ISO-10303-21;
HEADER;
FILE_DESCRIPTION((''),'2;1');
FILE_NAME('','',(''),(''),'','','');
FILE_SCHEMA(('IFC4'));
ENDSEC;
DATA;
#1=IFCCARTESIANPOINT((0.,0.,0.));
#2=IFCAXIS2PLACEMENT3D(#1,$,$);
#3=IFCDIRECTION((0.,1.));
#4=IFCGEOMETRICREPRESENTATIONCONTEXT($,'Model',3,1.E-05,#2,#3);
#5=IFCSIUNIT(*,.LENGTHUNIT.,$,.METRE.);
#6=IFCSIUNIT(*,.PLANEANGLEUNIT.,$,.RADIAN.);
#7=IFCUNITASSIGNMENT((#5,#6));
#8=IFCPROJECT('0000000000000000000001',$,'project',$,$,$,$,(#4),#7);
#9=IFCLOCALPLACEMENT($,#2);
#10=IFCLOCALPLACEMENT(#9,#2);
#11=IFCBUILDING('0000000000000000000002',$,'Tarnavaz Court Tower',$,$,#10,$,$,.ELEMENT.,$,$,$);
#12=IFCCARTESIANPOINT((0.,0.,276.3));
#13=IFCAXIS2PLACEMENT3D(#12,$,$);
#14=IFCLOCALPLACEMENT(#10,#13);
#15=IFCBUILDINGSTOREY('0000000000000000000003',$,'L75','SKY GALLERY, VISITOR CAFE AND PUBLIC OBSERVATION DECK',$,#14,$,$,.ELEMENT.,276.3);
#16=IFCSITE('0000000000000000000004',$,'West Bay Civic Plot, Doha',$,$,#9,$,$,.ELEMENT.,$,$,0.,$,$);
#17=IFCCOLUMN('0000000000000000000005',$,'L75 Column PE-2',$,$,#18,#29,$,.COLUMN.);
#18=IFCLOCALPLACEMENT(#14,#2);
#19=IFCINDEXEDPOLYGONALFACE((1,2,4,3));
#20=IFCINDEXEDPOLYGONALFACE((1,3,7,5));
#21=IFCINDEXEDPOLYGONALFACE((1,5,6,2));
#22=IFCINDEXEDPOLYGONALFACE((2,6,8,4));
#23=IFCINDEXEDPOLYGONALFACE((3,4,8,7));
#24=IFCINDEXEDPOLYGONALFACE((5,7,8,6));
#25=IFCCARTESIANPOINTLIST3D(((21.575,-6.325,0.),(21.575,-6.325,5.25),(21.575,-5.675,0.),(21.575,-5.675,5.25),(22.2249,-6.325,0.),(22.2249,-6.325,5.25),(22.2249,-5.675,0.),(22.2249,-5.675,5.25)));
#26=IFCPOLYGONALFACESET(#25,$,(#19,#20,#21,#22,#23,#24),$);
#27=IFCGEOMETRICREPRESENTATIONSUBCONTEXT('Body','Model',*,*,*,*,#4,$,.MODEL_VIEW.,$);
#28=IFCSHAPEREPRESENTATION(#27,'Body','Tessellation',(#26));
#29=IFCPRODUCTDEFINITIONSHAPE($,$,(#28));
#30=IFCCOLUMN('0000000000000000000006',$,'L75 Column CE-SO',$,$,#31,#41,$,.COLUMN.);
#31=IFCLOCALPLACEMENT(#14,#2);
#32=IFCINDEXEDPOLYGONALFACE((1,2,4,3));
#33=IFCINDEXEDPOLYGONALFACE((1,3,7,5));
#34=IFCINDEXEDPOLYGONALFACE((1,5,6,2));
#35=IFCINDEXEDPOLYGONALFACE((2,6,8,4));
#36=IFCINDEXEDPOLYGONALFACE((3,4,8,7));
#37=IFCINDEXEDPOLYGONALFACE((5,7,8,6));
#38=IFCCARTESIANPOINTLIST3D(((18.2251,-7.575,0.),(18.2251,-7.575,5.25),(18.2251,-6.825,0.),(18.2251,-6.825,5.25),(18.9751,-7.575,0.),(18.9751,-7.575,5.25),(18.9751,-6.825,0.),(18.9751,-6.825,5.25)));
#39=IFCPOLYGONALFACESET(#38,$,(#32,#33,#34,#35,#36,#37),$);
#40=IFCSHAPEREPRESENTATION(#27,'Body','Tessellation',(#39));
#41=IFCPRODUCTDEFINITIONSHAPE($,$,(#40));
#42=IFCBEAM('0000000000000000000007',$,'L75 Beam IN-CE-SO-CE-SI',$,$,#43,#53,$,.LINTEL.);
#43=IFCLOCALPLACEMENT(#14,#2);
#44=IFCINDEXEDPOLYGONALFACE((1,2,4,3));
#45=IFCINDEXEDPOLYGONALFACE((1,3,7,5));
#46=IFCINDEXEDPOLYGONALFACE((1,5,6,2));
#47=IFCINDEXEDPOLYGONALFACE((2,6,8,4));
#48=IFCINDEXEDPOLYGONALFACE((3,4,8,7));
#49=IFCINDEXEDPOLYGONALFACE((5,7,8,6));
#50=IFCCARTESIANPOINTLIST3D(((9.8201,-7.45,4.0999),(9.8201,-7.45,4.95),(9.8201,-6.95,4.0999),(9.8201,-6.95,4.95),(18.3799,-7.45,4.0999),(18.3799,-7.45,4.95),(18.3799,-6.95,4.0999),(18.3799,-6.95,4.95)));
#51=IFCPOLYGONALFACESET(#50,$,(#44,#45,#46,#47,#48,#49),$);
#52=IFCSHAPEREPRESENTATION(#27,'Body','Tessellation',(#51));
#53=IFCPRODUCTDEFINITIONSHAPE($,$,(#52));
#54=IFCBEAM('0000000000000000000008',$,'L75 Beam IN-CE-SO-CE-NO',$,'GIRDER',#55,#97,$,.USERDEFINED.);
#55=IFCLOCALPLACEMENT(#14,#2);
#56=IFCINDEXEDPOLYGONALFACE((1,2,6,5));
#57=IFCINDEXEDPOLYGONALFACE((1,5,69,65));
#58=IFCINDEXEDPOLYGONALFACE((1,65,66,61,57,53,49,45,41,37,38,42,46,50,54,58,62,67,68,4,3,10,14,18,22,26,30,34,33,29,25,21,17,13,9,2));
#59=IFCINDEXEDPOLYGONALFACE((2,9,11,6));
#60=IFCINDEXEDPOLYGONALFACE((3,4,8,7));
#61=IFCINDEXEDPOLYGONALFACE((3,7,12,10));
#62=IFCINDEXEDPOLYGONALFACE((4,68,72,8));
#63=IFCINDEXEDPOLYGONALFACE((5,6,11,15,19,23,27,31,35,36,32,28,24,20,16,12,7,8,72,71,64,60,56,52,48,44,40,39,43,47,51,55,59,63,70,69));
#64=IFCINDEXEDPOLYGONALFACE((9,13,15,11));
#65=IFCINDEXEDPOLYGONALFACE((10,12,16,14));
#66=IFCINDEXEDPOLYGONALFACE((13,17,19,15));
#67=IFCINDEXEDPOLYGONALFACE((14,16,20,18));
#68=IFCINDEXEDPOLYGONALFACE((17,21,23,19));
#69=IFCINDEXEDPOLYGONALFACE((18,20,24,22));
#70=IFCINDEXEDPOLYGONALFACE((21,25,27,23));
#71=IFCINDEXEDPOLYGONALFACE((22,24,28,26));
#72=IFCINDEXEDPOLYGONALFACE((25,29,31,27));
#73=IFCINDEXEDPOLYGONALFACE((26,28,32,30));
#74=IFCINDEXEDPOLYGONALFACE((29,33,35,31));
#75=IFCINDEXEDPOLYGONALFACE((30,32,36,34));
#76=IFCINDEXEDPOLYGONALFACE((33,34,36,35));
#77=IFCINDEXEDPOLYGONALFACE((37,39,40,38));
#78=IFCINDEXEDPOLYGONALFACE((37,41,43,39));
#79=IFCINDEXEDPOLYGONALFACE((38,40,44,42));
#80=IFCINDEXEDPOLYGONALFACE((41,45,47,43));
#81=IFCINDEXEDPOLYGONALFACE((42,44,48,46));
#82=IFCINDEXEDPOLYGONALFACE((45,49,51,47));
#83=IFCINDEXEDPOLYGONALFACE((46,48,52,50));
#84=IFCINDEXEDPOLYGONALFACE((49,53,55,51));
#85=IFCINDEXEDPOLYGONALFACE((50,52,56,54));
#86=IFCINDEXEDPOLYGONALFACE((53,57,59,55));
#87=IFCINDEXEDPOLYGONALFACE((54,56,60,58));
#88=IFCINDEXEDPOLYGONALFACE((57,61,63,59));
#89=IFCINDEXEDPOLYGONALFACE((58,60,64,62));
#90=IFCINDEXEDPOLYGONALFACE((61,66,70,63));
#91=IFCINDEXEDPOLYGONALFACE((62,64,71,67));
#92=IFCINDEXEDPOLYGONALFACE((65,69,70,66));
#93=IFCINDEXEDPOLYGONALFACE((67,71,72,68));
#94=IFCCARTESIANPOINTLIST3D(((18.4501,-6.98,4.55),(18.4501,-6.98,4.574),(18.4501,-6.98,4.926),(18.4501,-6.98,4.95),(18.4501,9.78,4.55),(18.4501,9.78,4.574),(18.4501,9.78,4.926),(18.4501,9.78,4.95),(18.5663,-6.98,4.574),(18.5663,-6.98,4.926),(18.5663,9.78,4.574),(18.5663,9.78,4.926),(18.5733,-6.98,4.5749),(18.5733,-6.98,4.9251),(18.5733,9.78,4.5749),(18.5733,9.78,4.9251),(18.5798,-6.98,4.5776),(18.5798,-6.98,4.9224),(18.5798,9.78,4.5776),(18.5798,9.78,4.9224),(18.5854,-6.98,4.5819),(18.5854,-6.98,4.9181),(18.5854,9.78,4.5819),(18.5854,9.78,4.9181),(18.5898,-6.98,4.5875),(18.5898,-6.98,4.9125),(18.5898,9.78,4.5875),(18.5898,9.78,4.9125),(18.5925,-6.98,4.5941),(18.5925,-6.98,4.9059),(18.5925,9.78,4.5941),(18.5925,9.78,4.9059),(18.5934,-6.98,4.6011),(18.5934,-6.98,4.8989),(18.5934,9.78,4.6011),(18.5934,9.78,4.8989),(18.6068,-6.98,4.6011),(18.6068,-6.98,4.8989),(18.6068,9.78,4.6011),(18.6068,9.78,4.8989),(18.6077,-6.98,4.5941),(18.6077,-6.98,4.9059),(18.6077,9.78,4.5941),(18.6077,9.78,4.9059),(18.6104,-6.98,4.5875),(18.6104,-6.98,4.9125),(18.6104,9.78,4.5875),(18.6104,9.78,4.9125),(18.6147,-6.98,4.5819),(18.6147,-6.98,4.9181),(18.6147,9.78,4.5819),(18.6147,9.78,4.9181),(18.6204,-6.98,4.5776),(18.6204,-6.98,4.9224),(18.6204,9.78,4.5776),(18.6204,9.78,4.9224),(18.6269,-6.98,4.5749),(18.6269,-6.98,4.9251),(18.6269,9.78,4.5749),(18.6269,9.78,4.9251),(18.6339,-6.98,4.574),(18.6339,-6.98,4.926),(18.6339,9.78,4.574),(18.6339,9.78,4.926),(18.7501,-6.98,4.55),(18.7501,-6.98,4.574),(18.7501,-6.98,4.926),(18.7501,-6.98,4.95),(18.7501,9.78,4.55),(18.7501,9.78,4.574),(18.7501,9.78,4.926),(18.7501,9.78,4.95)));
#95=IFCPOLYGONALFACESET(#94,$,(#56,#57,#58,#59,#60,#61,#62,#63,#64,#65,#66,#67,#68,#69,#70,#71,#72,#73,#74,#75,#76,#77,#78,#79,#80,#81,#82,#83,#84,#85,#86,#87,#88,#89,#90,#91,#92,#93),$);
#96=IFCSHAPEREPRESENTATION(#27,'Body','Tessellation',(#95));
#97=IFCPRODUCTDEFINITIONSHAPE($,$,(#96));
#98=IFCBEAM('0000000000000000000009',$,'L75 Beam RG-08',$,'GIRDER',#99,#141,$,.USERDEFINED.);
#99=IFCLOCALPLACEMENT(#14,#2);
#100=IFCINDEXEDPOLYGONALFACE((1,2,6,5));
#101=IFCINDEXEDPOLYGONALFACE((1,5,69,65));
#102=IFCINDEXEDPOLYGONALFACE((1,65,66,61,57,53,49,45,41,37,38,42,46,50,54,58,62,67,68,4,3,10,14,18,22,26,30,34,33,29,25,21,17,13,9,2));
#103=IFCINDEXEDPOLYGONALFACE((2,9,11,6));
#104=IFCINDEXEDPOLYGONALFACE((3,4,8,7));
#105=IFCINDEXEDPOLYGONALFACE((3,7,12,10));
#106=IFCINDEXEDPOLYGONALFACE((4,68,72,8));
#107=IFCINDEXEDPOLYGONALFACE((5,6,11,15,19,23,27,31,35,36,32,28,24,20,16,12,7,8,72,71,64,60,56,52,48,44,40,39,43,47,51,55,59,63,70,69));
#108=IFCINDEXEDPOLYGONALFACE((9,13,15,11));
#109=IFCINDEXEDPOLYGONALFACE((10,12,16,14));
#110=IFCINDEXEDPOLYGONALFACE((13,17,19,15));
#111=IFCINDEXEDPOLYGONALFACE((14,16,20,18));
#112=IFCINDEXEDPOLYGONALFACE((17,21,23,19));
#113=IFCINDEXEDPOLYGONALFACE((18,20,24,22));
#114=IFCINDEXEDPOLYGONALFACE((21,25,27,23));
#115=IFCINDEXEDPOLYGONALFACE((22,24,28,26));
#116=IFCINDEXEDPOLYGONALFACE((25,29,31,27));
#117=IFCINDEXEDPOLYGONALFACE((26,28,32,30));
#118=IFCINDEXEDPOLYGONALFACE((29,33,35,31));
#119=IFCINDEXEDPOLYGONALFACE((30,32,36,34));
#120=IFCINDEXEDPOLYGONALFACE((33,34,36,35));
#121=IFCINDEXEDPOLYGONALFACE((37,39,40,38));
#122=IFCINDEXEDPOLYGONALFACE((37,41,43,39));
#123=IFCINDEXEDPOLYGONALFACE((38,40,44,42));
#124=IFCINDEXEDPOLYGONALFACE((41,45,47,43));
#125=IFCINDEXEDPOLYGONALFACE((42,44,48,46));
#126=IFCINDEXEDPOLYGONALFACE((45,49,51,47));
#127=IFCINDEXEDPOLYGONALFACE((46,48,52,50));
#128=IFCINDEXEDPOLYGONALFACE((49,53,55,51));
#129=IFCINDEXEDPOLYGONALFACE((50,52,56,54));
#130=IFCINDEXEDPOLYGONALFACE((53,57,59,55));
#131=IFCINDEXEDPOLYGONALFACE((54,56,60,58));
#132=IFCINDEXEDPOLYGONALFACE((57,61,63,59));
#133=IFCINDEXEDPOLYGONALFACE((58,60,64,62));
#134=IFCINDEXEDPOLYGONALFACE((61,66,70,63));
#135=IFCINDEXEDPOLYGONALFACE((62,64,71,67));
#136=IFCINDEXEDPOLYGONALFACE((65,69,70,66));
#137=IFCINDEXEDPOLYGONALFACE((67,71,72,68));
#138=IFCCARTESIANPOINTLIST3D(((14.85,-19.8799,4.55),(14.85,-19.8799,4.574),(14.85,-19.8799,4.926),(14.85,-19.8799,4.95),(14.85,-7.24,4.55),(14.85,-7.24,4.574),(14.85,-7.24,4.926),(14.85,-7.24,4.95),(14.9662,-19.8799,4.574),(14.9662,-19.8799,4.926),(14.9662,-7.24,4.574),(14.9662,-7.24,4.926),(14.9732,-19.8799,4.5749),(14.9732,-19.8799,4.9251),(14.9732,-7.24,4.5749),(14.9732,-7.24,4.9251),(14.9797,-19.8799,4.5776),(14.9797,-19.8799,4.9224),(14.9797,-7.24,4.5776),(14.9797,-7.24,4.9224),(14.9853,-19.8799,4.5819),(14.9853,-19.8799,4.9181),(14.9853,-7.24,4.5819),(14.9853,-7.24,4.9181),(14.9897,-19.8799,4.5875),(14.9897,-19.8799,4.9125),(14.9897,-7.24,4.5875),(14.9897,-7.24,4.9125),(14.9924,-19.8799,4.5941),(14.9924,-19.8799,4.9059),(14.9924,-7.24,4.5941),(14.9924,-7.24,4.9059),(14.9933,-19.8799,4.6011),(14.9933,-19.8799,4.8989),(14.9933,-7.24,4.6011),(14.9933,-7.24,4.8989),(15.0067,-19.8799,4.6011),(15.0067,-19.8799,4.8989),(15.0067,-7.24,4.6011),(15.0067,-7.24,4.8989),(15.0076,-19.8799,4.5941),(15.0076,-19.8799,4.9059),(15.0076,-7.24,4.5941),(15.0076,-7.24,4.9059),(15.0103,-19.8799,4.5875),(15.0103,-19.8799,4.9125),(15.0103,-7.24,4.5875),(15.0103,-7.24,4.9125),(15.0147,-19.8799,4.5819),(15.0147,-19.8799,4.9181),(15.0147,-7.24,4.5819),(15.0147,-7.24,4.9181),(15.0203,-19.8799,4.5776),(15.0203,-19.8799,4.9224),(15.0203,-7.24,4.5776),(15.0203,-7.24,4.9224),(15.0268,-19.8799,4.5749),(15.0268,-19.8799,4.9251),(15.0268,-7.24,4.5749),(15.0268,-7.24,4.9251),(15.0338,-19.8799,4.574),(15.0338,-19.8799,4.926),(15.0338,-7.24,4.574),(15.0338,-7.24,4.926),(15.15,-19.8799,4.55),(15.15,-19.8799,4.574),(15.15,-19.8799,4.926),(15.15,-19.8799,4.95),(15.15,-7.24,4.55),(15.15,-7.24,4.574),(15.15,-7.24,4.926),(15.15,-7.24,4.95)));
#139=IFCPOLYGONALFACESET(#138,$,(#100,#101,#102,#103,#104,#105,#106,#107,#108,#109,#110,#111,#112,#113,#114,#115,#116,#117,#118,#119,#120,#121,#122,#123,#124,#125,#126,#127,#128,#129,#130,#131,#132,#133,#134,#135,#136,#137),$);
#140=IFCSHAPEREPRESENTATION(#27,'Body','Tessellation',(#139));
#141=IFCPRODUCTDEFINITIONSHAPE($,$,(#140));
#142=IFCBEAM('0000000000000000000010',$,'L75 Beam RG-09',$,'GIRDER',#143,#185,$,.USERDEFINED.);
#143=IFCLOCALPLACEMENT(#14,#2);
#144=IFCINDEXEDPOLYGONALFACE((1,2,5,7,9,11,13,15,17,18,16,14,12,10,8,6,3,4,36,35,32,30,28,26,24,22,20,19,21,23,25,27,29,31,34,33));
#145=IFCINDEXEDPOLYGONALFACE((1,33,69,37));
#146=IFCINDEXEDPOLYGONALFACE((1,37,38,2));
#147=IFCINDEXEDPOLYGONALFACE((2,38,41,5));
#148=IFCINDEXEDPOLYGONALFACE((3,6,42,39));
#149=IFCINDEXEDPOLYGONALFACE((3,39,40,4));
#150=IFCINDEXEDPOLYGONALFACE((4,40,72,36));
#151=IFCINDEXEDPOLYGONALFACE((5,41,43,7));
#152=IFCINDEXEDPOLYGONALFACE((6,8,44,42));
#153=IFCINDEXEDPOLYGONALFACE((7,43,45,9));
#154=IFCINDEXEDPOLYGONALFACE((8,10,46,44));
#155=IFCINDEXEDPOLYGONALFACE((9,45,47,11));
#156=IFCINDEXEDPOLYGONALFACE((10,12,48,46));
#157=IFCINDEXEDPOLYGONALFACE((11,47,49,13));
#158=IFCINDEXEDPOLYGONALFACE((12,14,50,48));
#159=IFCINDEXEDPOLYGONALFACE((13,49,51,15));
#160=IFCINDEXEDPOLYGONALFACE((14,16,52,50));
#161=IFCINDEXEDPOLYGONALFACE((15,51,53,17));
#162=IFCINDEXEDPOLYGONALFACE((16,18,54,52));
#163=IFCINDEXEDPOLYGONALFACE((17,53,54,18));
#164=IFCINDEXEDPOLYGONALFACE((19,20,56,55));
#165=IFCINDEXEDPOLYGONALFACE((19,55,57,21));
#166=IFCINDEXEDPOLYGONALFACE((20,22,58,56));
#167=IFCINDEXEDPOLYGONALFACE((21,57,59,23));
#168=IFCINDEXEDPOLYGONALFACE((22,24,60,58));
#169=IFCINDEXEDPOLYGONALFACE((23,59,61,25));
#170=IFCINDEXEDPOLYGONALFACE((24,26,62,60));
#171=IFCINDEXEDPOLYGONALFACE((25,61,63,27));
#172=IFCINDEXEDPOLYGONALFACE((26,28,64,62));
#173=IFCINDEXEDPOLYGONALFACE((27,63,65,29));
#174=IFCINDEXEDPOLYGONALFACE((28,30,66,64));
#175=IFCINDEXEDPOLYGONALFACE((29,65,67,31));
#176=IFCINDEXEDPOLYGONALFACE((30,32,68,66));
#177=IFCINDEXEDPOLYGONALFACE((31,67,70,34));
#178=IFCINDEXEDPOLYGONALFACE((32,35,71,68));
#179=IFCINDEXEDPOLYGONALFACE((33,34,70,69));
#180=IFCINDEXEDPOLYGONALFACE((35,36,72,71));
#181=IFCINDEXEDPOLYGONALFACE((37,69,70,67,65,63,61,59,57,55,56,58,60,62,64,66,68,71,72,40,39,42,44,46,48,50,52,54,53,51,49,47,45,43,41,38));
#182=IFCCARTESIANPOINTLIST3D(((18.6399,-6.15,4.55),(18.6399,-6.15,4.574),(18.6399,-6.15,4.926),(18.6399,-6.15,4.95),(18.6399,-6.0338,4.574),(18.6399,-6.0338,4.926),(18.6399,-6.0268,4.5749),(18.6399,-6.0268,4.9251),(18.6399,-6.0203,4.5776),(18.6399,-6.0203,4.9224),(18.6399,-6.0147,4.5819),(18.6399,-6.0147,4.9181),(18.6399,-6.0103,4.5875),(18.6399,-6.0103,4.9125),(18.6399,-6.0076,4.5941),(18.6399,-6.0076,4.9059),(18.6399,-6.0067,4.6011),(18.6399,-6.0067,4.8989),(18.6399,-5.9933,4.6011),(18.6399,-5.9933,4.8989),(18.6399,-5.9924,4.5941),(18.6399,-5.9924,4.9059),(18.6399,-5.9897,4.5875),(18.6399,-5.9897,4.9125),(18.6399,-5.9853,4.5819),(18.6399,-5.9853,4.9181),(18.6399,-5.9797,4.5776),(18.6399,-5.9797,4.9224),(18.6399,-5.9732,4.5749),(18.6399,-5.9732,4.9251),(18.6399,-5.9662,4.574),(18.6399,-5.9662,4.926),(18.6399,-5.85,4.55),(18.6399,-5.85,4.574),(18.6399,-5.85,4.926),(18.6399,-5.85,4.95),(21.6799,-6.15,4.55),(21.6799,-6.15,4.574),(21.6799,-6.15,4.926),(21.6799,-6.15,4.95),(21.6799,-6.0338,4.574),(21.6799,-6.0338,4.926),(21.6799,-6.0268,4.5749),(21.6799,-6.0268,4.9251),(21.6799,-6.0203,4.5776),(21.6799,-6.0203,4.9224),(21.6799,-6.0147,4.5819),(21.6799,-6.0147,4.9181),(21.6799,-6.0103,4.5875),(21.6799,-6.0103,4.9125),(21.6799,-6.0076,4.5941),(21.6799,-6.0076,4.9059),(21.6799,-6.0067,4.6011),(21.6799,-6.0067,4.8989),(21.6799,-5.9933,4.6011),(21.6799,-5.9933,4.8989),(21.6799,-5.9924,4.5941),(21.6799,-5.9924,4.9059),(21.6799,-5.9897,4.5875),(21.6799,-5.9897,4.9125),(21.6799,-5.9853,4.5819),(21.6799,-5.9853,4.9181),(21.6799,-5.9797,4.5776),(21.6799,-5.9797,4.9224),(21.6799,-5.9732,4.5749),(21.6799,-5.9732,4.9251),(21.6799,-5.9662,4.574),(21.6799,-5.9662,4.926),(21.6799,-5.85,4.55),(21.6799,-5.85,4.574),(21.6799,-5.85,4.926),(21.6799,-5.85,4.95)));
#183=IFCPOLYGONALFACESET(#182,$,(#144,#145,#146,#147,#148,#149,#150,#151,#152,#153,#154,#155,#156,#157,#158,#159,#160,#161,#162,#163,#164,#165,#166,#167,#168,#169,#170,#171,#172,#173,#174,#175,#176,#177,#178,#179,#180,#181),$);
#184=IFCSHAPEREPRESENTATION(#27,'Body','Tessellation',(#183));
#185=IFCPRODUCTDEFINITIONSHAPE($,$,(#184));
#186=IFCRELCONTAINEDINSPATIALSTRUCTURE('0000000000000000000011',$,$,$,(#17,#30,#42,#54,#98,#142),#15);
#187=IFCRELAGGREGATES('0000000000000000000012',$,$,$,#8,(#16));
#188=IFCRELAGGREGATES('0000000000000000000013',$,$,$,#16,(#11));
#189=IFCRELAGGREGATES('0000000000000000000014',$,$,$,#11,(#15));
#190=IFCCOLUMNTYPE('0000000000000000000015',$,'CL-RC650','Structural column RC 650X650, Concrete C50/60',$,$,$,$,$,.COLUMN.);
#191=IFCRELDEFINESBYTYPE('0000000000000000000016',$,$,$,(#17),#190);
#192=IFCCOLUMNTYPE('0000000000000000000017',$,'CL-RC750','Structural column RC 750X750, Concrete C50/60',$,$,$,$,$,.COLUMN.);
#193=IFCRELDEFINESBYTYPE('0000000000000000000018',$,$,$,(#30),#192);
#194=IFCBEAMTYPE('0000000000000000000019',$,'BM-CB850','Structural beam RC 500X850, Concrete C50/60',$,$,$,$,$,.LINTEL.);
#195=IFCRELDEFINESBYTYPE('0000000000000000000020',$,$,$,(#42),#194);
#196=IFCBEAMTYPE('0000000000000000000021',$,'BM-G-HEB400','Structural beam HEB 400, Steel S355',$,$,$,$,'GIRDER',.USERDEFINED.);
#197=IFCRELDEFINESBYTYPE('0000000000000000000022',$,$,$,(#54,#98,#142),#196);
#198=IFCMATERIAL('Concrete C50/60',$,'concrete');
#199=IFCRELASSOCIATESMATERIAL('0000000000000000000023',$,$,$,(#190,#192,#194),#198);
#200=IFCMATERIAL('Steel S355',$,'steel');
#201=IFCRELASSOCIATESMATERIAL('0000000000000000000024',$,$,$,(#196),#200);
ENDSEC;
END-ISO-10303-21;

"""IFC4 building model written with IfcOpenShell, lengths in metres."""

from ifc_helpers import new_model, si_unit, direction, frame, origin, origin_2d, place, context, subcontext, project, spatial, rectangle, i_section, extrude, material, material_profile, profile_set, type_object, element, save


model = new_model("IFC4")

# Units and contexts
model_context = context("Model", 3, precision=1e-05, world=origin(), true_north=direction((0.0, 1.0)))
body_context = subcontext(model_context, "Body", "Model", "MODEL_VIEW")
ifc_project = project(units=[si_unit("LENGTHUNIT", "METRE"), si_unit("PLANEANGLEUNIT", "RADIAN")], contexts=[model_context])

# Site, building, storey
site_placement = place(None, origin())
site = spatial("IfcSite", under=ifc_project, at=site_placement, Name="West Bay Civic Plot, Doha", CompositionType="ELEMENT", RefElevation=0.0)
building_placement = place(site_placement, origin())
building = spatial("IfcBuilding", under=site, at=building_placement, Name="Tarnavaz Court Tower", CompositionType="ELEMENT")
storey_placement = place(building_placement, frame((0.0, 0.0, 276.3)))
storey = spatial("IfcBuildingStorey", under=building, at=storey_placement, Name="L75", Description="SKY GALLERY, VISITOR CAFE AND PUBLIC OBSERVATION DECK", CompositionType="ELEMENT", Elevation=276.3)

# Columns
ifc_material_1 = material(Name="Concrete C50/60", Category="concrete")
ifc_material_profile_1 = material_profile(ifc_material_1, rectangle(XDim=0.6499, YDim=0.6499, at=origin_2d()), Name="RC 650X650")
ifc_profile_set_1 = profile_set([ifc_material_profile_1], Name="Concrete C50/60")
column_type_1 = type_object("IfcColumnType", Name="CL-RC650", Description="Structural column RC 650X650, Concrete C50/60", PredefinedType="COLUMN", material=ifc_profile_set_1)
column_1_placement = place(storey_placement, frame((21.8999, -6.0, 0.0), z_axis=(0.0, 0.0, 1.0), x_axis=(1.0, 0.0, 0.0)))
element("IfcColumn", 1, at=column_1_placement, inside=storey, type_object=column_type_1, Name="L75 Column PE-2", PredefinedType="COLUMN", context=body_context, shape_type="SweptSolid", body=[
    extrude(rectangle(XDim=0.6499, YDim=0.6499, at=origin_2d()), origin(), (0.0, 0.0, 1.0), 5.25),
])
ifc_material_profile_2 = material_profile(ifc_material_1, rectangle(XDim=0.75, YDim=0.75, at=origin_2d()), Name="RC 750X750")
ifc_profile_set_2 = profile_set([ifc_material_profile_2], Name="Concrete C50/60")
column_type_2 = type_object("IfcColumnType", Name="CL-RC750", Description="Structural column RC 750X750, Concrete C50/60", PredefinedType="COLUMN", material=ifc_profile_set_2)
column_2_placement = place(storey_placement, frame((18.6001, -7.2, 0.0), z_axis=(0.0, 0.0, 1.0), x_axis=(1.0, 0.0, 0.0)))
element("IfcColumn", 2, at=column_2_placement, inside=storey, type_object=column_type_2, Name="L75 Column CE-SO", PredefinedType="COLUMN", context=body_context, shape_type="SweptSolid", body=[
    extrude(rectangle(XDim=0.75, YDim=0.75, at=origin_2d()), origin(), (0.0, 0.0, 1.0), 5.25),
])

# Beams
ifc_material_profile_3 = material_profile(ifc_material_1, rectangle(XDim=0.5, YDim=0.8501, at=origin_2d()), Name="RC 500X850")
ifc_profile_set_3 = profile_set([ifc_material_profile_3], Name="Concrete C50/60")
beam_type_1 = type_object("IfcBeamType", Name="BM-CB850", Description="Structural beam RC 500X850, Concrete C50/60", PredefinedType="LINTEL", material=ifc_profile_set_3)
beam_1_placement = place(storey_placement, frame((18.3799, -7.2, 4.5249), z_axis=(-1.0, 0.0, 0.0), x_axis=(0.0, -1.0, 0.0)))
element("IfcBeam", 3, at=beam_1_placement, inside=storey, type_object=beam_type_1, Name="L75 Beam IN-CE-SO-CE-SI", PredefinedType="LINTEL", context=body_context, shape_type="SweptSolid", body=[
    extrude(rectangle(XDim=0.5, YDim=0.8501, at=origin_2d()), origin(), (0.0, 0.0, 1.0), 8.5598),
])
ifc_material_2 = material(Name="Steel S355", Category="steel")
ifc_material_profile_4 = material_profile(ifc_material_2, i_section(OverallWidth=0.3, OverallDepth=0.3999, WebThickness=0.0134, FlangeThickness=0.0239, FilletRadius=0.0271, at=origin_2d()), Name="HEB 400")
ifc_profile_set_4 = profile_set([ifc_material_profile_4], Name="Steel S355")
beam_type_2 = type_object("IfcBeamType", Name="BM-G-HEB400", Description="Structural beam HEB 400, Steel S355", ElementType="GIRDER", PredefinedType="USERDEFINED", material=ifc_profile_set_4)
beam_2_placement = place(storey_placement, frame((18.6001, -6.98, 4.75), z_axis=(0.0, 1.0, 0.0), x_axis=(-1.0, 0.0, 0.0)))
element("IfcBeam", 4, at=beam_2_placement, inside=storey, type_object=beam_type_2, Name="L75 Beam IN-CE-SO-CE-NO", ObjectType="GIRDER", PredefinedType="USERDEFINED", context=body_context, shape_type="SweptSolid", body=[
    extrude(i_section(OverallWidth=0.3, OverallDepth=0.3999, WebThickness=0.0134, FlangeThickness=0.0239, FilletRadius=0.0271, at=origin_2d()), origin(), (0.0, 0.0, 1.0), 16.76),
])
beam_3_placement = place(storey_placement, frame((15.0, -7.24, 4.75), z_axis=(0.0, -1.0, 0.0), x_axis=(1.0, 0.0, 0.0)))
element("IfcBeam", 5, at=beam_3_placement, inside=storey, type_object=beam_type_2, Name="L75 Beam RG-08", ObjectType="GIRDER", PredefinedType="USERDEFINED", context=body_context, shape_type="SweptSolid", body=[
    extrude(i_section(OverallWidth=0.3, OverallDepth=0.3999, WebThickness=0.0134, FlangeThickness=0.0239, FilletRadius=0.0271, at=origin_2d()), origin(), (0.0, 0.0, 1.0), 12.6399),
])
beam_4_placement = place(storey_placement, frame((18.6399, -6.0, 4.75), z_axis=(1.0, 0.0, 0.0), x_axis=(0.0, 1.0, 0.0)))
element("IfcBeam", 6, at=beam_4_placement, inside=storey, type_object=beam_type_2, Name="L75 Beam RG-09", ObjectType="GIRDER", PredefinedType="USERDEFINED", context=body_context, shape_type="SweptSolid", body=[
    extrude(i_section(OverallWidth=0.3, OverallDepth=0.3999, WebThickness=0.0134, FlangeThickness=0.0239, FilletRadius=0.0271, at=origin_2d()), origin(), (0.0, 0.0, 1.0), 3.04),
])

save(model, "model.ifc")
